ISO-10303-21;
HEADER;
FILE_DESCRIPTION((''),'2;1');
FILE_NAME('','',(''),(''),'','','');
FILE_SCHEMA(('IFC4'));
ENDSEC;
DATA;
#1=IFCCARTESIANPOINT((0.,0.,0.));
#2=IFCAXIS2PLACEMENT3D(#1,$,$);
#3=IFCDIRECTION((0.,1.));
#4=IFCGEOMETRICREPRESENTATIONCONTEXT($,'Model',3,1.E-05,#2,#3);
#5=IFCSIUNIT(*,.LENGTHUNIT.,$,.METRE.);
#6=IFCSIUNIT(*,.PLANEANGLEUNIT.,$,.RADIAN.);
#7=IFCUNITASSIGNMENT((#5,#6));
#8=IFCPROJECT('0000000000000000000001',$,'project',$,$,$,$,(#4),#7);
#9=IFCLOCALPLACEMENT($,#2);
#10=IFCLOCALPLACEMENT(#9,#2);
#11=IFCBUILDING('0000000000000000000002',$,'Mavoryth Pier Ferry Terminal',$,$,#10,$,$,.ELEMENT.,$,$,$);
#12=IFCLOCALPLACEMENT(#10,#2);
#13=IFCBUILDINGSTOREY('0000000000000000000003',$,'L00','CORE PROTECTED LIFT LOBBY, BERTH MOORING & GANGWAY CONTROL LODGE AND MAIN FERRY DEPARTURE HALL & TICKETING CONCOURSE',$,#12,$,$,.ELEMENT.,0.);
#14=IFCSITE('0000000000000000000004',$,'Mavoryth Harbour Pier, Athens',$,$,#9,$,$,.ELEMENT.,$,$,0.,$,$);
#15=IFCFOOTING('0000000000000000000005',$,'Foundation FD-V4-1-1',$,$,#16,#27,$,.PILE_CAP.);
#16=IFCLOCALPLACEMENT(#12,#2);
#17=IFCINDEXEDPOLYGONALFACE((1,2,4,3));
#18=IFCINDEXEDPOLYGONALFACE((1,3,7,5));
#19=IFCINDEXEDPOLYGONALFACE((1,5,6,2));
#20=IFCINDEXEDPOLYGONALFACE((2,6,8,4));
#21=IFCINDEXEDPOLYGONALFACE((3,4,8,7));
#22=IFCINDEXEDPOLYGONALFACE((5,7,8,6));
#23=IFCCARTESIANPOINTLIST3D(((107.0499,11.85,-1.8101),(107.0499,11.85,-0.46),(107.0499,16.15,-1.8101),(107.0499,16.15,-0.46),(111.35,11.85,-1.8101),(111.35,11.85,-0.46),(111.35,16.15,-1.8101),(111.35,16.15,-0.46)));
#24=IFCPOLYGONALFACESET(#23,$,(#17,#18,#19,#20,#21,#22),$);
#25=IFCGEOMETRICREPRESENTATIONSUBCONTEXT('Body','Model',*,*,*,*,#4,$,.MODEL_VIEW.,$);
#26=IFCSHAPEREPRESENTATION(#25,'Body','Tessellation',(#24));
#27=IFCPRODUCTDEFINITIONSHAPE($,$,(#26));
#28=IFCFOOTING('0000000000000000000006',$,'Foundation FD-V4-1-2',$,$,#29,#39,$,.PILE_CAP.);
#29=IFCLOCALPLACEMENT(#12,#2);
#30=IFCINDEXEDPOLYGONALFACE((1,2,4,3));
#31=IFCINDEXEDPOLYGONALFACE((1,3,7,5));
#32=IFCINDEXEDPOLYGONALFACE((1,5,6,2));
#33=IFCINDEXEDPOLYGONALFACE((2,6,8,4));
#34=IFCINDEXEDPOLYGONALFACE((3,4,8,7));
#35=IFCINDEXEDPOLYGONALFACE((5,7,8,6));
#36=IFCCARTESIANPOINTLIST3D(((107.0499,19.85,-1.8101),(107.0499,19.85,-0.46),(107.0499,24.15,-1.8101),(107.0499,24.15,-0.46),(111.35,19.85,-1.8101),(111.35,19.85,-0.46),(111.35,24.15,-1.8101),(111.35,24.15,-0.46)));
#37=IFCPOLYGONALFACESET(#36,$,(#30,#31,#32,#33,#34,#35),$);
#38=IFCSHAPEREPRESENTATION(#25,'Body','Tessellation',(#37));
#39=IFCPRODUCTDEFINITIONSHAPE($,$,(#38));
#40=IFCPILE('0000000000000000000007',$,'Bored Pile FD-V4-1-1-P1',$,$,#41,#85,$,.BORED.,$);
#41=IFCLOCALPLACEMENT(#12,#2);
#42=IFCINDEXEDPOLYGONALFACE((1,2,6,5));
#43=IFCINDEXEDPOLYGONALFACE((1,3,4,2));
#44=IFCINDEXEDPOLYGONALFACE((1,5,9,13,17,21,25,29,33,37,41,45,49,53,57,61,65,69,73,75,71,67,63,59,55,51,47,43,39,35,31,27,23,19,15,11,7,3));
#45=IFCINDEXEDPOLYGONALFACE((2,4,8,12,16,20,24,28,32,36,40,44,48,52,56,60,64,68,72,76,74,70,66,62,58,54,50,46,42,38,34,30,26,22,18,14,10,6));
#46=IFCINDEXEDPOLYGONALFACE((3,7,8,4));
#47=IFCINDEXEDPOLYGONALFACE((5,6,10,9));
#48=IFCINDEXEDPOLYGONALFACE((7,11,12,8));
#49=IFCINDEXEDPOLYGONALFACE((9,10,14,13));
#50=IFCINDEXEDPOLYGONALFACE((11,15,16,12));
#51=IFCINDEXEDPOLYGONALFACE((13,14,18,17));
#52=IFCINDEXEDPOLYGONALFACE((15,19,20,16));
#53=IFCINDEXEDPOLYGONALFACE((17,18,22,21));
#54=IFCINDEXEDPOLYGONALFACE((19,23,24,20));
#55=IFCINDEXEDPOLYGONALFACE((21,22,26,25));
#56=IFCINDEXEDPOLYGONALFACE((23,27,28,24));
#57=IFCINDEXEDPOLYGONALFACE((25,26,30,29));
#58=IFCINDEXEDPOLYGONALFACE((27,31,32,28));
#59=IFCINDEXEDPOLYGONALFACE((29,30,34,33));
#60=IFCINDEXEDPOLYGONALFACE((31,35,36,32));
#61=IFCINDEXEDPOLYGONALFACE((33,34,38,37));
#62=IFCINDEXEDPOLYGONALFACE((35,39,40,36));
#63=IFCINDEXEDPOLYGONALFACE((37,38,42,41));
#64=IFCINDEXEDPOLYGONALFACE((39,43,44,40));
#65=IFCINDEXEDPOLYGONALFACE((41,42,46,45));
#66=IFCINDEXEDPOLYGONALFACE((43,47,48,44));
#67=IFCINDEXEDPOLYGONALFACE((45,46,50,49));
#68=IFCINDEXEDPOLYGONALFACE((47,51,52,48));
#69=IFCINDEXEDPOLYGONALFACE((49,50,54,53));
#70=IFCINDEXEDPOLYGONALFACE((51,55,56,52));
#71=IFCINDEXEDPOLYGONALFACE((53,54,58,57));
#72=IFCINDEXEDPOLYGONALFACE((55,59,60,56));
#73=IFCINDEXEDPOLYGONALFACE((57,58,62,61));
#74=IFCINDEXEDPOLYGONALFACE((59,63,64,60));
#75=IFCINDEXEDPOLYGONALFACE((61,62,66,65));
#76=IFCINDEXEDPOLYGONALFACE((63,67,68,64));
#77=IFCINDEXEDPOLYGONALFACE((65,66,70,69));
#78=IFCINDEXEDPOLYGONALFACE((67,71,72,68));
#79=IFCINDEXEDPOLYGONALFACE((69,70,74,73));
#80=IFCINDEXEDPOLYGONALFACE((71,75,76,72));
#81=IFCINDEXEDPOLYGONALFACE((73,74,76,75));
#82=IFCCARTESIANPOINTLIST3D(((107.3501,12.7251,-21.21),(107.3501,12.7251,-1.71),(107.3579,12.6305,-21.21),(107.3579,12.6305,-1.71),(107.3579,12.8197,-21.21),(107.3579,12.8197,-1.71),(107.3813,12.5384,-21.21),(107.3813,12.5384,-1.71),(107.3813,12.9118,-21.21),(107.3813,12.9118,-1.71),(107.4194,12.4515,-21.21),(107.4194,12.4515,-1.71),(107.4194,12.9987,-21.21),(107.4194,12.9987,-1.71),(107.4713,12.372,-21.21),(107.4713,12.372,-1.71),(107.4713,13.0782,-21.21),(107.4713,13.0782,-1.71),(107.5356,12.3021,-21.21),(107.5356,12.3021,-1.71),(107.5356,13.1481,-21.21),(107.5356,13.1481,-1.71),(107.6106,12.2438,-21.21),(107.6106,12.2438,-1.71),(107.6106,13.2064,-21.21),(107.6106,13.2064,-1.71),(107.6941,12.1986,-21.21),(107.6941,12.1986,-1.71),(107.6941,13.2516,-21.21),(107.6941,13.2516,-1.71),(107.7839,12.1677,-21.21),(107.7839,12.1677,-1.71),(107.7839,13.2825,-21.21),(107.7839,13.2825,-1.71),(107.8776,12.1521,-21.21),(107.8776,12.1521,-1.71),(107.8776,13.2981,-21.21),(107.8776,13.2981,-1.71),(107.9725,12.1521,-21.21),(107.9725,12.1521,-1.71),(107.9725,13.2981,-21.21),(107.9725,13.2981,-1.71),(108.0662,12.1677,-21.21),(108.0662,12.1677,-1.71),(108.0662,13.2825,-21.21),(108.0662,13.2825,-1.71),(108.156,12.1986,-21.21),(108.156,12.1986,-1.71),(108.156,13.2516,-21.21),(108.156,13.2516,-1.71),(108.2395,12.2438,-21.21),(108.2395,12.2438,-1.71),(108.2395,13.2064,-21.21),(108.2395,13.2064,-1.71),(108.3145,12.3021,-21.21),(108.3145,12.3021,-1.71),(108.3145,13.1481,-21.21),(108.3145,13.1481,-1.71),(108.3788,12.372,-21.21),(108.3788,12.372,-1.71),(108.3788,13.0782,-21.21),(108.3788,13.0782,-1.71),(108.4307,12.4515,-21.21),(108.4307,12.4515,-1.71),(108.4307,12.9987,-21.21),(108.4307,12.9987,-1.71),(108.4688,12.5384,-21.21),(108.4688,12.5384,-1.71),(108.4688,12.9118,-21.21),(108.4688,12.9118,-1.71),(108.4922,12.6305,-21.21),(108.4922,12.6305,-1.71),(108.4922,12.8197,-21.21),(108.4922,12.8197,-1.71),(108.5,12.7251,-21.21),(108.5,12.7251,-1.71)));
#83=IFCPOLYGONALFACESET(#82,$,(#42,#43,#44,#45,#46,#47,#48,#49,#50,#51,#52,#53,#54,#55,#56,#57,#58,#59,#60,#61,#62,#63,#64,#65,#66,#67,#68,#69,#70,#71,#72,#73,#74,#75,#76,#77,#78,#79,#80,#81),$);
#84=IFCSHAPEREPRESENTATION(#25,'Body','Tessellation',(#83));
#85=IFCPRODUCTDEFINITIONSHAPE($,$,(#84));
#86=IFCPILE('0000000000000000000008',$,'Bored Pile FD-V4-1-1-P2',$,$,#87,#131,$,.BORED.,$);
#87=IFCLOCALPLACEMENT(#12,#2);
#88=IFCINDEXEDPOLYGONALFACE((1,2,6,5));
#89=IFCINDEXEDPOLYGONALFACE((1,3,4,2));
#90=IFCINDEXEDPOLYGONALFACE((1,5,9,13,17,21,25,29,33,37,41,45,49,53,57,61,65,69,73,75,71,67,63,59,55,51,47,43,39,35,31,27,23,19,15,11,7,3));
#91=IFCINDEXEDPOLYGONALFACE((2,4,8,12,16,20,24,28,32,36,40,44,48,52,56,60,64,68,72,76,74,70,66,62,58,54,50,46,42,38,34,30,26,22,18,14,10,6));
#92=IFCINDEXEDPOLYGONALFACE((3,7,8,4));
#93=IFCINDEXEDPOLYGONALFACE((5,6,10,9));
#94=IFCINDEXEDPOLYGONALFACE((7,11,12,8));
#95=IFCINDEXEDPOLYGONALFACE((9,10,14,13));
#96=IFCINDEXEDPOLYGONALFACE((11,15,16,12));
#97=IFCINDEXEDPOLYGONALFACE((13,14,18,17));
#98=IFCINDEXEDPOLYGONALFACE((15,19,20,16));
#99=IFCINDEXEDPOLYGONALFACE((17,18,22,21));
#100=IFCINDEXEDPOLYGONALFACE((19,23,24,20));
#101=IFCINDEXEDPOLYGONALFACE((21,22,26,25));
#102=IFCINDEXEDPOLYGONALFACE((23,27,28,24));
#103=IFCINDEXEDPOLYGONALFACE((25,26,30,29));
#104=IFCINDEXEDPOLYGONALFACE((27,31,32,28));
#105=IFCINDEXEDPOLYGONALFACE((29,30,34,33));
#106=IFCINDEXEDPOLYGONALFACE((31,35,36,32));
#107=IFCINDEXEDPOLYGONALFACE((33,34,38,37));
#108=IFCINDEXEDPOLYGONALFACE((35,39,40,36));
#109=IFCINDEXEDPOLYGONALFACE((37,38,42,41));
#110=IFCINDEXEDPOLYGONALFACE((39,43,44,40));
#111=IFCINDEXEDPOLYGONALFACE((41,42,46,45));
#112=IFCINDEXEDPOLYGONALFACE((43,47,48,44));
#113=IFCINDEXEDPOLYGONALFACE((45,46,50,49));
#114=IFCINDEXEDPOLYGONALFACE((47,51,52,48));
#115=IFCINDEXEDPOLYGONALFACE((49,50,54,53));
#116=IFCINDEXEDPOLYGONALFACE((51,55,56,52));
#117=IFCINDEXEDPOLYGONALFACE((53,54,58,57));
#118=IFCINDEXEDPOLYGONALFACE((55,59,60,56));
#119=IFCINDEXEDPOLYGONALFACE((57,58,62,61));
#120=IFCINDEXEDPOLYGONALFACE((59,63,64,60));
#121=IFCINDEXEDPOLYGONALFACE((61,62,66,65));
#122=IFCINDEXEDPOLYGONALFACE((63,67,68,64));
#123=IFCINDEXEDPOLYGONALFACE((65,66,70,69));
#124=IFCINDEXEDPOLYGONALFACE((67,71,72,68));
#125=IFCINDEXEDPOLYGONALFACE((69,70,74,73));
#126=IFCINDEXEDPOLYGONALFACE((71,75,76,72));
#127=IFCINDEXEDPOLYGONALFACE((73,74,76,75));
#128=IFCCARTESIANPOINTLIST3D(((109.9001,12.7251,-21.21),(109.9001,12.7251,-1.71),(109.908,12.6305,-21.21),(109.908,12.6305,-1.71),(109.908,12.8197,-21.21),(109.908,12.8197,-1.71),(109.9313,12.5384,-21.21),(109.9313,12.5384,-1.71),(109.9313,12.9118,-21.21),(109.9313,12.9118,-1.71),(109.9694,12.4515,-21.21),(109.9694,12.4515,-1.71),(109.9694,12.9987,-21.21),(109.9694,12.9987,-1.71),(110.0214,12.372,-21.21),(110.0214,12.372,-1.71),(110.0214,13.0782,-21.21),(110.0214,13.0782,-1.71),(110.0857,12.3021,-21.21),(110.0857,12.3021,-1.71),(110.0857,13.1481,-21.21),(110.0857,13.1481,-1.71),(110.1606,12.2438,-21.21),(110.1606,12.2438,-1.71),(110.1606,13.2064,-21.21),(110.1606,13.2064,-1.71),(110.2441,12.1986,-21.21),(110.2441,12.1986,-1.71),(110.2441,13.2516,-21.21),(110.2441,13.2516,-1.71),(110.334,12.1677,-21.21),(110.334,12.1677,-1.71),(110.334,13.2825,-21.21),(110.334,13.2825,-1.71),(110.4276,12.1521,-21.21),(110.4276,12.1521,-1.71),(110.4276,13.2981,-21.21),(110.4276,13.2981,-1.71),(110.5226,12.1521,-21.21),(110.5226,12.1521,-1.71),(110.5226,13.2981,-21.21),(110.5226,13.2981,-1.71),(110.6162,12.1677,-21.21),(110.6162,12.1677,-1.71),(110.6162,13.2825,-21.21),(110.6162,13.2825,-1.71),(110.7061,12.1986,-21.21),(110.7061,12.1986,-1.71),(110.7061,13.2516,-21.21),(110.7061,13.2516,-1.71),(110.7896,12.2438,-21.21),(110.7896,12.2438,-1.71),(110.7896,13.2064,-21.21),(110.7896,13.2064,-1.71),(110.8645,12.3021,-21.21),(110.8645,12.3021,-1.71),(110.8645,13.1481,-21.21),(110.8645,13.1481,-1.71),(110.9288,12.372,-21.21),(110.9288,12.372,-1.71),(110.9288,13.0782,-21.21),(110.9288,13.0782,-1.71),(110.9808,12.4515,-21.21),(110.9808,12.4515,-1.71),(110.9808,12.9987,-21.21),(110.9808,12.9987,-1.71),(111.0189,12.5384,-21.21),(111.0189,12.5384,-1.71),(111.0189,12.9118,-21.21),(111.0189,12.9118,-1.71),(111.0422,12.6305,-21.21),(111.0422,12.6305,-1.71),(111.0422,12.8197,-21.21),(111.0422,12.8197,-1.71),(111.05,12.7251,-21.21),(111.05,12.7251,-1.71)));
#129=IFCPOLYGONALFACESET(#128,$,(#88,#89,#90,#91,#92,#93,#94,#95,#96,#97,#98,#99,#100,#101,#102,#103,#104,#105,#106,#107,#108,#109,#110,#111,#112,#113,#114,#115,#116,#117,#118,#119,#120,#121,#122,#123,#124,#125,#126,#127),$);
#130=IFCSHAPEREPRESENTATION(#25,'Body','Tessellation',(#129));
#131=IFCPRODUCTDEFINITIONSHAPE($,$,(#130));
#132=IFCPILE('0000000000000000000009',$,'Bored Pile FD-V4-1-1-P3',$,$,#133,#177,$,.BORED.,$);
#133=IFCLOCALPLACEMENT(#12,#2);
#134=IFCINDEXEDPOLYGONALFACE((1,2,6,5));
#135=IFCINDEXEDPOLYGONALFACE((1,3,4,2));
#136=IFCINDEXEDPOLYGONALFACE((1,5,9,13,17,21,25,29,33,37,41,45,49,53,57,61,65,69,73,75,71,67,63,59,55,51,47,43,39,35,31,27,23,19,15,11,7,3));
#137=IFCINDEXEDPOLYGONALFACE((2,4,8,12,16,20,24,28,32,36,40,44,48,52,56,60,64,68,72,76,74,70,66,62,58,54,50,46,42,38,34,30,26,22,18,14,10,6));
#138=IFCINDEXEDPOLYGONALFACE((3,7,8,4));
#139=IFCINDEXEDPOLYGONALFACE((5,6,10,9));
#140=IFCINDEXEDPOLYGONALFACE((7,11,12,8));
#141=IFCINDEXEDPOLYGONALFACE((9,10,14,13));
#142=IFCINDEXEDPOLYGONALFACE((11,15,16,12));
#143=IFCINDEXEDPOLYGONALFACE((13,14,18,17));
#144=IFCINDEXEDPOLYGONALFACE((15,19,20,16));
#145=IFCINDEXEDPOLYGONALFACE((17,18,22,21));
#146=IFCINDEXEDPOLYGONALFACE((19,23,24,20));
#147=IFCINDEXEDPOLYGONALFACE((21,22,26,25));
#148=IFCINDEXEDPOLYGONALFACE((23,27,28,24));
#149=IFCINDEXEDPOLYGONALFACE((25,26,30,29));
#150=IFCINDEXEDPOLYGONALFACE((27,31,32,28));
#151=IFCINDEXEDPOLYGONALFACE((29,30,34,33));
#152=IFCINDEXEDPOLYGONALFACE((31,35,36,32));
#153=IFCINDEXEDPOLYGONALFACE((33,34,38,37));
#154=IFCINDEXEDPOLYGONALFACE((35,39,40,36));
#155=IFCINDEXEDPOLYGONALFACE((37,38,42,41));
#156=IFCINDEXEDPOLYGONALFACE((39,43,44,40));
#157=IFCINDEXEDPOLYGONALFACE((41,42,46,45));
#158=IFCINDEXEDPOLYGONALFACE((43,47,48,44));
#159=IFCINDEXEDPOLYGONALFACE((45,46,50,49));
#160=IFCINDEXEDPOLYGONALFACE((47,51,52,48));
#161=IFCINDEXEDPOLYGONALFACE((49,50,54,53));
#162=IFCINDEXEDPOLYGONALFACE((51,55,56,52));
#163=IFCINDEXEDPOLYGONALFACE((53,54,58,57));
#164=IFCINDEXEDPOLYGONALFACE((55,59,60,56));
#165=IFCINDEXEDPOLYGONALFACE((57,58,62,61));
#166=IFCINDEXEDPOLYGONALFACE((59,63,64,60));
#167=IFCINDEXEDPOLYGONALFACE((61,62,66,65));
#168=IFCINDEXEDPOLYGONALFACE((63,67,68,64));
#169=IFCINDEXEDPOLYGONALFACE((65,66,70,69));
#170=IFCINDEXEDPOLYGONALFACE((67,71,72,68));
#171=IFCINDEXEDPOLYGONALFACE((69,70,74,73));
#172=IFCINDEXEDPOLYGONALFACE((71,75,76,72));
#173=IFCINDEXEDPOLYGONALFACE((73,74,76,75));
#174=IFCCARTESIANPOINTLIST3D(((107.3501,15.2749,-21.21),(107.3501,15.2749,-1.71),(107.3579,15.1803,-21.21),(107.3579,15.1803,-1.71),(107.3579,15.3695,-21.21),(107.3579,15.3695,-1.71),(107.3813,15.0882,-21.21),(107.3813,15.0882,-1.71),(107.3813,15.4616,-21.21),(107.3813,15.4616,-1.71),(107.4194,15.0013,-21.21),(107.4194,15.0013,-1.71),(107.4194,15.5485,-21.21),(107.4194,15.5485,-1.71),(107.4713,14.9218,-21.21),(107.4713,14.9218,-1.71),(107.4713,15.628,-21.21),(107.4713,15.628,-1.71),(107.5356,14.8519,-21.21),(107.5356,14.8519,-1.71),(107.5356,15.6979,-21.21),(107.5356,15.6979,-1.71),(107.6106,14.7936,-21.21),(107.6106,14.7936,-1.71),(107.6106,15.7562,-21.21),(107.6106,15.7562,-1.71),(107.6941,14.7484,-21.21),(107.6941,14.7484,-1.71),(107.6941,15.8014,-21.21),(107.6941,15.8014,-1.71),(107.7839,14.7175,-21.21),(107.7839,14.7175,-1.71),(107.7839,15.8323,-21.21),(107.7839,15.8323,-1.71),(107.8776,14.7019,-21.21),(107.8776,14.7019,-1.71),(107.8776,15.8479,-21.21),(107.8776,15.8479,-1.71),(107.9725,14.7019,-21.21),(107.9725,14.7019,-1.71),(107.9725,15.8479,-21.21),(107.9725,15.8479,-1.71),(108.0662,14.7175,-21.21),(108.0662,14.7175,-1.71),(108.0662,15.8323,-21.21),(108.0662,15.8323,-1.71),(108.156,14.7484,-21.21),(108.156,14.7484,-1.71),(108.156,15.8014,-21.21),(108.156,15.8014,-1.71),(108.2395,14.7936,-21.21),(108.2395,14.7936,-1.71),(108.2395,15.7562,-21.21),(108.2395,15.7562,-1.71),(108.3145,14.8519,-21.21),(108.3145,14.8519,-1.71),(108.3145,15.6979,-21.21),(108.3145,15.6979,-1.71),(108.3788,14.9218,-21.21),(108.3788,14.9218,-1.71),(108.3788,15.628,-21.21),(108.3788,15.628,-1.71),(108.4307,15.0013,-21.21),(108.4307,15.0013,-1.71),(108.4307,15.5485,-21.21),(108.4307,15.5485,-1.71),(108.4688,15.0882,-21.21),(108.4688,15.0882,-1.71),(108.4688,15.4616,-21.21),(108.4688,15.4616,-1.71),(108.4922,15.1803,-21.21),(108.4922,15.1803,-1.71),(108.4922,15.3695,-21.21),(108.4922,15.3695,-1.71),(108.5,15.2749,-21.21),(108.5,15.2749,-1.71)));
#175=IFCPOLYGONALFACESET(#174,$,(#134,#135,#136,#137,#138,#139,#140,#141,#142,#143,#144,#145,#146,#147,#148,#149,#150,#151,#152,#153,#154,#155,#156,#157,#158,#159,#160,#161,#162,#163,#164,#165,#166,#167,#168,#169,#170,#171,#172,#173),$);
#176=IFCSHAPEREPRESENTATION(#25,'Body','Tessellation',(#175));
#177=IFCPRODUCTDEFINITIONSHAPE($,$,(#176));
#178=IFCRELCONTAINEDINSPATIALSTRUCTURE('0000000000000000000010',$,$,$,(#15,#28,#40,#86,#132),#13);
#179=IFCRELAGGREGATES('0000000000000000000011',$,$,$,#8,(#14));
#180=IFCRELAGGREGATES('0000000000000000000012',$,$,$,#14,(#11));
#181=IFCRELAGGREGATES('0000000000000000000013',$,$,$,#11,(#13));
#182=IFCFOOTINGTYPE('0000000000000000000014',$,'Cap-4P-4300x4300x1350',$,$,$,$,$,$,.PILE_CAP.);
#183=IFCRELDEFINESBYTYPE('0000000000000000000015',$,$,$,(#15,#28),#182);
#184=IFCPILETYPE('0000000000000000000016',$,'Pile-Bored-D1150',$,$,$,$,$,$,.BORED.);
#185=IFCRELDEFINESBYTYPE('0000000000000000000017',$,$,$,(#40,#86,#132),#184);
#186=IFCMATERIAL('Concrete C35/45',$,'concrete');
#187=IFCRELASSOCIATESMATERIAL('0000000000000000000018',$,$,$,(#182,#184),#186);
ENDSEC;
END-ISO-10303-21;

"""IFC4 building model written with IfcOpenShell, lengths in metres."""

from ifc_helpers import new_model, si_unit, direction, frame, origin, origin_2d, place, context, subcontext, project, spatial, rectangle, circle, extrude, material, material_profile, profile_set, type_object, element, save


model = new_model("IFC4")

# Units and contexts
model_context = context("Model", 3, precision=1e-05, world=origin(), true_north=direction((0.0, 1.0)))
body_context = subcontext(model_context, "Body", "Model", "MODEL_VIEW")
ifc_project = project(units=[si_unit("LENGTHUNIT", "METRE"), si_unit("PLANEANGLEUNIT", "RADIAN")], contexts=[model_context])

# Site, building, storey
site_placement = place(None, origin())
site = spatial("IfcSite", under=ifc_project, at=site_placement, Name="Mavoryth Harbour Pier, Athens", CompositionType="ELEMENT", RefElevation=0.0)
building_placement = place(site_placement, origin())
building = spatial("IfcBuilding", under=site, at=building_placement, Name="Mavoryth Pier Ferry Terminal", CompositionType="ELEMENT")
storey_placement = place(building_placement, origin())
storey = spatial("IfcBuildingStorey", under=building, at=storey_placement, Name="L00", Description="CORE PROTECTED LIFT LOBBY, BERTH MOORING & GANGWAY CONTROL LODGE AND MAIN FERRY DEPARTURE HALL & TICKETING CONCOURSE", CompositionType="ELEMENT", Elevation=0.0)

# Footings
ifc_material_1 = material(Name="Concrete C35/45", Category="concrete")
footing_type_1 = type_object("IfcFootingType", Name="Cap-4P-4300x4300x1350", PredefinedType="PILE_CAP", material=ifc_material_1)
for number, where, z_axis, x_axis, name in (
    (1, (109.2, 14.0, -1.8101), (0.0, 0.0, 1.0), (1.0, 0.0, 0.0), "Foundation FD-V4-1-1"),
    (2, (109.2, 22.0, -1.8101), (0.0, 0.0, 1.0), (1.0, 0.0, 0.0), "Foundation FD-V4-1-2"),
):
    element("IfcFooting", number, at=place(storey_placement, frame(where, z_axis=z_axis, x_axis=x_axis)), inside=storey, type_object=footing_type_1, Name=name, PredefinedType="PILE_CAP", context=body_context, shape_type="SweptSolid", body=[
        extrude(rectangle(XDim=4.3, YDim=4.3, at=origin_2d()), origin(), (0.0, 0.0, 1.0), 1.3501),
    ])

# Piles
ifc_material_profile_1 = material_profile(ifc_material_1, circle(Radius=0.575, at=origin_2d()), Name="PILE D1150", Category="concrete")
ifc_profile_set_1 = profile_set([ifc_material_profile_1], Name="Concrete C35/45 - PILE D1150")
pile_type_1 = type_object("IfcPileType", Name="Pile-Bored-D1150", PredefinedType="BORED", material=ifc_profile_set_1)
for number, where, z_axis, x_axis, name in (
    (3, (107.925, 12.7251, -1.71), (0.0, 0.0, -1.0), (1.0, 0.0, 0.0), "Bored Pile FD-V4-1-1-P1"),
    (4, (110.4751, 12.7251, -1.71), (0.0, 0.0, -1.0), (1.0, 0.0, 0.0), "Bored Pile FD-V4-1-1-P2"),
    (5, (107.925, 15.2749, -1.71), (0.0, 0.0, -1.0), (1.0, 0.0, 0.0), "Bored Pile FD-V4-1-1-P3"),
):
    element("IfcPile", number, at=place(storey_placement, frame(where, z_axis=z_axis, x_axis=x_axis)), inside=storey, type_object=pile_type_1, Name=name, PredefinedType="BORED", context=body_context, shape_type="SweptSolid", body=[
        extrude(circle(Radius=0.575, at=origin_2d()), origin(), (0.0, 0.0, 1.0), 19.5),
    ])

save(model, "model.ifc")
